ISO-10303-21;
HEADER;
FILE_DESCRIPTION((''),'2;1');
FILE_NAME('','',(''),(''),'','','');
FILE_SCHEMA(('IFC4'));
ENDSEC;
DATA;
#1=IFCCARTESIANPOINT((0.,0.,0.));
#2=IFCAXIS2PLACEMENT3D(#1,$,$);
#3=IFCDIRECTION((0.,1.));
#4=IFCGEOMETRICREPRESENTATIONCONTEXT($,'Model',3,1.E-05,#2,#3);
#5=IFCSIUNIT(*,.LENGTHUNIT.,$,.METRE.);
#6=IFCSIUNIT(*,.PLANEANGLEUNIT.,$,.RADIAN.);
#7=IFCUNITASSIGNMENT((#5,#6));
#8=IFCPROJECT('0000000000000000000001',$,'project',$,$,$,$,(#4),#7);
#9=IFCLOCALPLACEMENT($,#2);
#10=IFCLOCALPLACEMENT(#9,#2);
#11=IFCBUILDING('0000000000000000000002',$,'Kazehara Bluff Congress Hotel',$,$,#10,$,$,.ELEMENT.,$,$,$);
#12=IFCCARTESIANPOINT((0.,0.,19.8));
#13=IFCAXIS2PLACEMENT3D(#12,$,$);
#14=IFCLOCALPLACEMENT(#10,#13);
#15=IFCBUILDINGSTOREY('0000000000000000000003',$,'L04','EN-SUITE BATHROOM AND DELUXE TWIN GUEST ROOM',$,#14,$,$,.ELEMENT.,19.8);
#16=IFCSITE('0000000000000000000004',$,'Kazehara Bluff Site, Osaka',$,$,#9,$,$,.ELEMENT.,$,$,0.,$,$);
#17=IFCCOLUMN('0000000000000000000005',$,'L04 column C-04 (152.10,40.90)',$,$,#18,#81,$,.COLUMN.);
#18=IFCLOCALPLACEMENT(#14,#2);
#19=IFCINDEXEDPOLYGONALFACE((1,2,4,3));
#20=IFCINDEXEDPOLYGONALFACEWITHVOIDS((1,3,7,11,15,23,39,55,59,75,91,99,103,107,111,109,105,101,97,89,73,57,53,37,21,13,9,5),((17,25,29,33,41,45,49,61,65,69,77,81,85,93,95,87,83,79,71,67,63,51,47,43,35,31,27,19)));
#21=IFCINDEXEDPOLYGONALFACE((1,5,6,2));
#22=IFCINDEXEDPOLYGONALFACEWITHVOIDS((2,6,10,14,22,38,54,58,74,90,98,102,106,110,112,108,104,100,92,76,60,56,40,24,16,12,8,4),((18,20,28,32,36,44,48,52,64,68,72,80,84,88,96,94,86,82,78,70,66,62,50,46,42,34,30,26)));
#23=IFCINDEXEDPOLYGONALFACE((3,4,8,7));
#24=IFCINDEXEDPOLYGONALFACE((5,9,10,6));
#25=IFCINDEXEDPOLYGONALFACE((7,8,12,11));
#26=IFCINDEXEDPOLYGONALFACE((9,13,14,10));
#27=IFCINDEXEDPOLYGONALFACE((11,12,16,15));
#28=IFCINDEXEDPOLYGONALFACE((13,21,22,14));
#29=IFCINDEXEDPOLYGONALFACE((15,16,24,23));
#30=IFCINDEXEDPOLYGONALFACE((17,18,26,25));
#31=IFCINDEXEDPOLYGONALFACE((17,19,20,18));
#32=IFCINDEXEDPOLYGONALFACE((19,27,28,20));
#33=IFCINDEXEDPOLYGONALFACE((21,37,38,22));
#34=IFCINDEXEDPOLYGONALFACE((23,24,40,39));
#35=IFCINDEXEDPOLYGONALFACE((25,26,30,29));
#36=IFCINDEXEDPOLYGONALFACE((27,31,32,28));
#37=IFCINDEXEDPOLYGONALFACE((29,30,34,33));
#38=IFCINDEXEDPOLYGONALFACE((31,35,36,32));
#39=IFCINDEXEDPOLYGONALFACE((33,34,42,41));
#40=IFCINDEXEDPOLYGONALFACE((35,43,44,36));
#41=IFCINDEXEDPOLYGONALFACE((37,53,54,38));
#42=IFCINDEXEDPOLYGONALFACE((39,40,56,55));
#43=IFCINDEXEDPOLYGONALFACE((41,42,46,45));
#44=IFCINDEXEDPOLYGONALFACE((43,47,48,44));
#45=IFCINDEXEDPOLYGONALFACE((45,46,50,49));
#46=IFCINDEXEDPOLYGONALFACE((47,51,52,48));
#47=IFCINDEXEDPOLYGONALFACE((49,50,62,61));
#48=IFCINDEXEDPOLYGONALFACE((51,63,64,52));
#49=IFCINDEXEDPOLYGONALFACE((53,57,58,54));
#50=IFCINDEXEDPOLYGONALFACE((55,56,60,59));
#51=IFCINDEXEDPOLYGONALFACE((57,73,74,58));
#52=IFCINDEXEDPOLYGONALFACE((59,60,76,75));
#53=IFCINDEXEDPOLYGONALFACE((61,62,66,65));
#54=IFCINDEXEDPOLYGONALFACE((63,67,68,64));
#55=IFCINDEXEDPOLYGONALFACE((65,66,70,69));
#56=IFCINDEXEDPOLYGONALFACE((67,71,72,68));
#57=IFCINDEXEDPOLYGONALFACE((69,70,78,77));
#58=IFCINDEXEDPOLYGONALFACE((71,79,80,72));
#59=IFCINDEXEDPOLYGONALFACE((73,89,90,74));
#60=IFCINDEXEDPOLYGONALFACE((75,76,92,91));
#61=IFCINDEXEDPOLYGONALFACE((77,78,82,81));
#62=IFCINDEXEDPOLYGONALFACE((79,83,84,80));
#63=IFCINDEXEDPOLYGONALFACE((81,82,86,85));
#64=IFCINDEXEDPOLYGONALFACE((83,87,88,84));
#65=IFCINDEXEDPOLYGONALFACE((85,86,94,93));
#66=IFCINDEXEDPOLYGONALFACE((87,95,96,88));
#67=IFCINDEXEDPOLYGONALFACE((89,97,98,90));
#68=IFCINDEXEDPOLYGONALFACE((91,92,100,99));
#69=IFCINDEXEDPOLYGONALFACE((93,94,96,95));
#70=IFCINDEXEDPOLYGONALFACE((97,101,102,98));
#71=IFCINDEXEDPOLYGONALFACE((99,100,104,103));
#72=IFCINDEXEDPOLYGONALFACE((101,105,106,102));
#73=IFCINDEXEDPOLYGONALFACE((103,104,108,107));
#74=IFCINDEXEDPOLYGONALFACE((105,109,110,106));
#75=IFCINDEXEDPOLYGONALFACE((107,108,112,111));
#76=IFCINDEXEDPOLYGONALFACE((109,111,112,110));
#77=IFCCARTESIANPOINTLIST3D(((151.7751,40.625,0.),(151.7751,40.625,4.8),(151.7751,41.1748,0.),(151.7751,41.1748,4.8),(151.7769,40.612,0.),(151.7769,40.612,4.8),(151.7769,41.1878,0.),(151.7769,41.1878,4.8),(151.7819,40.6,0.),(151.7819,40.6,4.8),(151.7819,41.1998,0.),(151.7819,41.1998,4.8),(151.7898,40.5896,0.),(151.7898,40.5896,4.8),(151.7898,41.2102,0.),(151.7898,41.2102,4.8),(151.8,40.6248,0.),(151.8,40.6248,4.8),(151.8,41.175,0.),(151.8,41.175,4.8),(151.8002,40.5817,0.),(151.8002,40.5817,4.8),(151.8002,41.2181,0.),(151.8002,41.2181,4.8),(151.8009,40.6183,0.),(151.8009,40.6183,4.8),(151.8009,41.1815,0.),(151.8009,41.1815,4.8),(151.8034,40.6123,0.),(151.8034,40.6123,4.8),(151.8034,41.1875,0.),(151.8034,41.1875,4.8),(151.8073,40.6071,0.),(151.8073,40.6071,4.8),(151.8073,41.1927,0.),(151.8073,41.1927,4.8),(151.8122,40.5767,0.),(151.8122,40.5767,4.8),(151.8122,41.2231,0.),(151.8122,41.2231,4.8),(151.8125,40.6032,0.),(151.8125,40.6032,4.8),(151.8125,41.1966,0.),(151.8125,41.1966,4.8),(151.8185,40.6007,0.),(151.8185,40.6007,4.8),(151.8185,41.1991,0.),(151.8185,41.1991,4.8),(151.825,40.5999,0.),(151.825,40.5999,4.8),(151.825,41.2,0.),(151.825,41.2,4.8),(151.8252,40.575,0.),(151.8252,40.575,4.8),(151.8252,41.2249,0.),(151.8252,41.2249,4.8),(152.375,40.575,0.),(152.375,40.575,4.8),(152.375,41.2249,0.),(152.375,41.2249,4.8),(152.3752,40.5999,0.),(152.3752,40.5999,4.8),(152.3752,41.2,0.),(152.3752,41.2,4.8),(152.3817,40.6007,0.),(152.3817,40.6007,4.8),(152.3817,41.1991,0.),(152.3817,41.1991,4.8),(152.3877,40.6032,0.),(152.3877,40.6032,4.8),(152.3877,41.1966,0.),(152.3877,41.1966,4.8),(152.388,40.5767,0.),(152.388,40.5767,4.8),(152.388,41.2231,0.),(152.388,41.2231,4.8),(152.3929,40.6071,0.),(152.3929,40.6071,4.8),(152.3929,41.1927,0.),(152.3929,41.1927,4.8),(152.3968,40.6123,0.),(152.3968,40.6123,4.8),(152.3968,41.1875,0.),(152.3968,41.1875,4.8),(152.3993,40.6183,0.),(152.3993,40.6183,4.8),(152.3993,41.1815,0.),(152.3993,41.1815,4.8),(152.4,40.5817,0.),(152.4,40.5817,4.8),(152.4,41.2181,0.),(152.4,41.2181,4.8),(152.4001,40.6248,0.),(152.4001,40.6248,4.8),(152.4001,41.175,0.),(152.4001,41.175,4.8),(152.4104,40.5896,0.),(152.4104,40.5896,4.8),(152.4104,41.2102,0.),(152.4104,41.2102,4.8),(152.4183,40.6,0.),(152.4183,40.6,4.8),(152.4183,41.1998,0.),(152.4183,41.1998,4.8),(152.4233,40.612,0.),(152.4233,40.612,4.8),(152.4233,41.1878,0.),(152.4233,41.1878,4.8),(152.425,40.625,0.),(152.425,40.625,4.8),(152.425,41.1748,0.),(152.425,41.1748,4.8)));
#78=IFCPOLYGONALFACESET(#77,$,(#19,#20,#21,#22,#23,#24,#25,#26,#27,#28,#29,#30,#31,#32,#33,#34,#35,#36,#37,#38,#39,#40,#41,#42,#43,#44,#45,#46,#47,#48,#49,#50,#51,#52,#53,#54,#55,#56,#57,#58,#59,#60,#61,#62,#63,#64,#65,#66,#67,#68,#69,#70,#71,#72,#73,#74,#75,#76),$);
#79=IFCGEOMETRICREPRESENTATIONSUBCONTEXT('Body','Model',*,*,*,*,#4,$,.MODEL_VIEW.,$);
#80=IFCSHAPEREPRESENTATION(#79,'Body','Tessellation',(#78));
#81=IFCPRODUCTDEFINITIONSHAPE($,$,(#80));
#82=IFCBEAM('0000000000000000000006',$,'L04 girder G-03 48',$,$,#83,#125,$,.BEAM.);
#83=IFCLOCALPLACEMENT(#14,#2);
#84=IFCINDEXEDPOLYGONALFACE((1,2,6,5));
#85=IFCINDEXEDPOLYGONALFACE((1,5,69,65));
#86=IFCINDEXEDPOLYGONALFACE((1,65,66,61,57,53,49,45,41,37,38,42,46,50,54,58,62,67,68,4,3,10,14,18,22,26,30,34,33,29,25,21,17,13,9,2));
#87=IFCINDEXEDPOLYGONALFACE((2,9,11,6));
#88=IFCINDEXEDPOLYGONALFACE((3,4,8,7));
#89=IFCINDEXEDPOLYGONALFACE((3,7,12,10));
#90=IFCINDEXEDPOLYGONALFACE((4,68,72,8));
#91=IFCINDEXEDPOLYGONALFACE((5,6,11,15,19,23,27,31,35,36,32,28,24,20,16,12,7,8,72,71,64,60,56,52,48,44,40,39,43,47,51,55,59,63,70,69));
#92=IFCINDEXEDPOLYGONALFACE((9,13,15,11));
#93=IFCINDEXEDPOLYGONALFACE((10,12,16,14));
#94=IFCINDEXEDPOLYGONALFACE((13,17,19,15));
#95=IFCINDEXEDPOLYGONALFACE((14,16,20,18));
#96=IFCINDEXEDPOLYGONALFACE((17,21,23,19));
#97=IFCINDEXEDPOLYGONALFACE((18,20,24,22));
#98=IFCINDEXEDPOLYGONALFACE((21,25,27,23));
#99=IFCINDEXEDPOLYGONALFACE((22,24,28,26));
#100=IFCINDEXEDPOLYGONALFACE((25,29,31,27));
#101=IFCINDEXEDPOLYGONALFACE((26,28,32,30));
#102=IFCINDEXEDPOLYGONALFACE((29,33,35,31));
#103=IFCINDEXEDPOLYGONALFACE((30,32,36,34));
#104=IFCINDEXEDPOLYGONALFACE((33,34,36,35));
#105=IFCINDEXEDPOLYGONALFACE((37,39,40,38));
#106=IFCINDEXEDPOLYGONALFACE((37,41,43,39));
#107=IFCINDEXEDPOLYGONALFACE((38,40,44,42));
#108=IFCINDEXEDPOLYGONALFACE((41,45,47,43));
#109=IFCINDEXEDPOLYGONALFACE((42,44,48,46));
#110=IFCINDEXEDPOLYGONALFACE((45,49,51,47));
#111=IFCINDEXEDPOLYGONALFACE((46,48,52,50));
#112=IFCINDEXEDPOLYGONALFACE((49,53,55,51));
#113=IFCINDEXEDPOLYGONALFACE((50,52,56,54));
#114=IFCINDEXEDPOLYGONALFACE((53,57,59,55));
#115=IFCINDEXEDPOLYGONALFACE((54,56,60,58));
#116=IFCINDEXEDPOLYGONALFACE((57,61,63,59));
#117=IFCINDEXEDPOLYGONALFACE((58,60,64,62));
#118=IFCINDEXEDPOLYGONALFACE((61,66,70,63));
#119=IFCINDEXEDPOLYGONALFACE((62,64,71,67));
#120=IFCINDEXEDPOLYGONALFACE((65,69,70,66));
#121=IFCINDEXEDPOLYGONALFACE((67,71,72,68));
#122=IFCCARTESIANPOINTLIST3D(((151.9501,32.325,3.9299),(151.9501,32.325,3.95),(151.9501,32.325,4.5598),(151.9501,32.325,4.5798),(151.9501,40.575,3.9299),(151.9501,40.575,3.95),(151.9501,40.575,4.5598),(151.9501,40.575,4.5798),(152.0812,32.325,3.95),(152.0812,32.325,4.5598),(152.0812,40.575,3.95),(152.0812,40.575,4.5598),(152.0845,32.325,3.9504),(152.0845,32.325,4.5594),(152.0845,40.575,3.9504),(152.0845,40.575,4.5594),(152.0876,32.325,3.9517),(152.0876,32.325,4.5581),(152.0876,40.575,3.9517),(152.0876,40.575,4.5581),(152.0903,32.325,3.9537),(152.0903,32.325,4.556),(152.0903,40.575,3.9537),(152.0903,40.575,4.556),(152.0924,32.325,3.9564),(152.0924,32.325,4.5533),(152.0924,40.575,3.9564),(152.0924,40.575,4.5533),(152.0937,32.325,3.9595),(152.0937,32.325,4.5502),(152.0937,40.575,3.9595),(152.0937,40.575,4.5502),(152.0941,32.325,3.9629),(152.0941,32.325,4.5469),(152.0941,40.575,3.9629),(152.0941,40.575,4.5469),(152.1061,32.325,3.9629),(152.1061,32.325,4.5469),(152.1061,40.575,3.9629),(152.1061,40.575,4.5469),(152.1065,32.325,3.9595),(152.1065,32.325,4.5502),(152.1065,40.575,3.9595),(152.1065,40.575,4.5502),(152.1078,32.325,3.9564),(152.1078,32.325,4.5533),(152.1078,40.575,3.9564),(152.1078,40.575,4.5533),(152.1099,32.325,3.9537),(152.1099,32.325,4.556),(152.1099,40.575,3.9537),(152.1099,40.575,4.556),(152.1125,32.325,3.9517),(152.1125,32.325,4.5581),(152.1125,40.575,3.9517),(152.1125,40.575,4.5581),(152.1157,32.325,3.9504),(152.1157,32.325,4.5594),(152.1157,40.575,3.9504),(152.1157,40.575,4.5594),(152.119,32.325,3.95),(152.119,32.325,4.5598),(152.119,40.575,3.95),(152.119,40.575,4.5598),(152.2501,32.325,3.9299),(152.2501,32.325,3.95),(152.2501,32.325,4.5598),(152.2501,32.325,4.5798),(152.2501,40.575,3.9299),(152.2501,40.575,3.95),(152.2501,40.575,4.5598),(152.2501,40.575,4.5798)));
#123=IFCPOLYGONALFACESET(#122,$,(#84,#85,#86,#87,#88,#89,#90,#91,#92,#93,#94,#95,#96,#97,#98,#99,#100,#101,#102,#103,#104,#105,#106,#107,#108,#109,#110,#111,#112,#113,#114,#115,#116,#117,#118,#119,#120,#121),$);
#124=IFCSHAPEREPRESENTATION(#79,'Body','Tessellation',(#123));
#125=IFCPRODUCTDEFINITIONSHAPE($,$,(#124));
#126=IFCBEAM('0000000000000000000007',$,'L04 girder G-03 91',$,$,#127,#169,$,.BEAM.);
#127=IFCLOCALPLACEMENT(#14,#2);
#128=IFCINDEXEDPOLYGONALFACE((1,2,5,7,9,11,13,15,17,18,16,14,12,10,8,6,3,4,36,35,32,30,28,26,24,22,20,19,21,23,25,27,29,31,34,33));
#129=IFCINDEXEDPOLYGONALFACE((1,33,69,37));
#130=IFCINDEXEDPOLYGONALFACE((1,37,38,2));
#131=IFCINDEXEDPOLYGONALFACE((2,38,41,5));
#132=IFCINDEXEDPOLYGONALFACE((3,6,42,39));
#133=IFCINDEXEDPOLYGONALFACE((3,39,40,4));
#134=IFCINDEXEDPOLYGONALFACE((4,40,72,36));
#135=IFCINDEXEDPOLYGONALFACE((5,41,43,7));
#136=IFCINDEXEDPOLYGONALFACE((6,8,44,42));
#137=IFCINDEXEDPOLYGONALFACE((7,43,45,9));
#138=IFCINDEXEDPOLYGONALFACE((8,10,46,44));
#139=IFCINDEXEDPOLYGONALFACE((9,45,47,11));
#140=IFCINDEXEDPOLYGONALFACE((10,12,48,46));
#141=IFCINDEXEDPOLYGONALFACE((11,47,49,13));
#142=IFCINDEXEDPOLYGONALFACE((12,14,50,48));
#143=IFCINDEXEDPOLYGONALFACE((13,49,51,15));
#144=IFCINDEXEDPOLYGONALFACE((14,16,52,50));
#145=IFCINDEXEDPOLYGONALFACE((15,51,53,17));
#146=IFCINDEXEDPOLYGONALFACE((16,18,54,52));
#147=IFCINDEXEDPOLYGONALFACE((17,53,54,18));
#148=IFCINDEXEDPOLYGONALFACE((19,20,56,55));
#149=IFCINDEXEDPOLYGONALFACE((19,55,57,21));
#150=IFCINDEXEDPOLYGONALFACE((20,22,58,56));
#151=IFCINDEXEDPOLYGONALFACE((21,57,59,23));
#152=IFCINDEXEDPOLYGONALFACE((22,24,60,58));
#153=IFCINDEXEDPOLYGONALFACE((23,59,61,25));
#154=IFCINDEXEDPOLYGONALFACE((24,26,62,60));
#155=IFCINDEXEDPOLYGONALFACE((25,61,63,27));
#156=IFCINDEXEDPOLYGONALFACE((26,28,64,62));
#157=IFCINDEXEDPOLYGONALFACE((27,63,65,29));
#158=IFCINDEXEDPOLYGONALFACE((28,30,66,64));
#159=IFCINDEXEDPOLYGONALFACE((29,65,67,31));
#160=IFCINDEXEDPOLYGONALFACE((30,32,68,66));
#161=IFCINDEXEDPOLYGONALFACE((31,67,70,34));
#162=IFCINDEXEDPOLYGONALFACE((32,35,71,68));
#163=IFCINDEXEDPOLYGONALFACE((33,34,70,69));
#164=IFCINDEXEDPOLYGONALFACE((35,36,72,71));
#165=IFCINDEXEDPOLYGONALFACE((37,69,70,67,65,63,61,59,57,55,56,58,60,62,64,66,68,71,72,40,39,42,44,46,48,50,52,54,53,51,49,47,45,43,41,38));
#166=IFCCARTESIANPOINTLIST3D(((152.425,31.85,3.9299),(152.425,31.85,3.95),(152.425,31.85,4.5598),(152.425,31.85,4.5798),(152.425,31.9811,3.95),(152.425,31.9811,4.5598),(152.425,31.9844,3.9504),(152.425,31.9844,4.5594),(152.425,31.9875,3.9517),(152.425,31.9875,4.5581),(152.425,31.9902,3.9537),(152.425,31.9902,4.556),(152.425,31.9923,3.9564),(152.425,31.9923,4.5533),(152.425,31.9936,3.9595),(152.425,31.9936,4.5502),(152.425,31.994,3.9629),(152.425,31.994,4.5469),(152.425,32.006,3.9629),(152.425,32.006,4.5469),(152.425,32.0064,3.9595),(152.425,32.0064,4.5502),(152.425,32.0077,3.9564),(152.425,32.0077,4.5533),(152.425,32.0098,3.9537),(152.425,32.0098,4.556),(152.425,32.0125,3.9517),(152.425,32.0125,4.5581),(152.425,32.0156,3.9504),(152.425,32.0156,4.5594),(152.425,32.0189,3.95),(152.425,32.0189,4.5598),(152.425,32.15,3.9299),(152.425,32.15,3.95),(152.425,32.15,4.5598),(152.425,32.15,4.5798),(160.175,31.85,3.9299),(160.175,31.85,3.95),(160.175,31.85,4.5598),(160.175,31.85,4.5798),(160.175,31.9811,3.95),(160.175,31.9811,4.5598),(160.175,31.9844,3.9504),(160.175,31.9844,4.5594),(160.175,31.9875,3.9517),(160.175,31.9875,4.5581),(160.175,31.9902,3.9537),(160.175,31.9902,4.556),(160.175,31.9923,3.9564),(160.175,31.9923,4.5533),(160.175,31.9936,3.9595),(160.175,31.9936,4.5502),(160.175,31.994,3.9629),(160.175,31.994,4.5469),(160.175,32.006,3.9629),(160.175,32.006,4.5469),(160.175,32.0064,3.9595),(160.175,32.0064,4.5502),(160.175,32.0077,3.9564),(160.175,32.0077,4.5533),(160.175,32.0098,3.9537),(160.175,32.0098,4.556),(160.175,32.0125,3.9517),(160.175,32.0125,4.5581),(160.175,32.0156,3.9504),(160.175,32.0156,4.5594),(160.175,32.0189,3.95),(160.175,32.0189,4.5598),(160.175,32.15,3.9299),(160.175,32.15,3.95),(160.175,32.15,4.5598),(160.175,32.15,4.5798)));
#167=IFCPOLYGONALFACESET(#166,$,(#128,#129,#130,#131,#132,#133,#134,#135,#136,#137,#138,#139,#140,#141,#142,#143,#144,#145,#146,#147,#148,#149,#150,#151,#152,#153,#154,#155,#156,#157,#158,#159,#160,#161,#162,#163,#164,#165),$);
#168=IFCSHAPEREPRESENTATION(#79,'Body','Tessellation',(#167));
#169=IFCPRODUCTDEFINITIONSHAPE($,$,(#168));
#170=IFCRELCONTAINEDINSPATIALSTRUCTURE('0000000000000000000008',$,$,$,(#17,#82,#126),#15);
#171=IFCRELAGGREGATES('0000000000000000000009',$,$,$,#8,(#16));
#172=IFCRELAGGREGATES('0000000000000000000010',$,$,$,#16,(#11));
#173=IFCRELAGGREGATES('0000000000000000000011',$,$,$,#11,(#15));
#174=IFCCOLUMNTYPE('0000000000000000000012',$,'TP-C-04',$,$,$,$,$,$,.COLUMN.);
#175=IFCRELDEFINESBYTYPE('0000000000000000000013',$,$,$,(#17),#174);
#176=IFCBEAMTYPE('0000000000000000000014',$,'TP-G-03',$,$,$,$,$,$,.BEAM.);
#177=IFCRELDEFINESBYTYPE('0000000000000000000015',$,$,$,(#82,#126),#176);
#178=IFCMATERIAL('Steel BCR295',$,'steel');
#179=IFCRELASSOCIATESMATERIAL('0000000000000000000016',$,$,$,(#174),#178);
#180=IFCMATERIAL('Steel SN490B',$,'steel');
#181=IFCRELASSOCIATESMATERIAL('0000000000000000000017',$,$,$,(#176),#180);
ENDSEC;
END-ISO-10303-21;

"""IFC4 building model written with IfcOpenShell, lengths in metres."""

from ifc_helpers import new_model, si_unit, direction, frame, origin, origin_2d, place, context, subcontext, project, spatial, hollow_rectangle, i_section, extrude, material, material_profile, profile_set, type_object, element, save


model = new_model("IFC4")

# Units and contexts
model_context = context("Model", 3, precision=1e-05, world=origin(), true_north=direction((0.0, 1.0)))
body_context = subcontext(model_context, "Body", "Model", "MODEL_VIEW")
ifc_project = project(units=[si_unit("LENGTHUNIT", "METRE"), si_unit("PLANEANGLEUNIT", "RADIAN")], contexts=[model_context])

# Site, building, storey
site_placement = place(None, origin())
site = spatial("IfcSite", under=ifc_project, at=site_placement, Name="Kazehara Bluff Site, Osaka", CompositionType="ELEMENT", RefElevation=0.0)
building_placement = place(site_placement, origin())
building = spatial("IfcBuilding", under=site, at=building_placement, Name="Kazehara Bluff Congress Hotel", CompositionType="ELEMENT")
storey_placement = place(building_placement, frame((0.0, 0.0, 19.8)))
storey = spatial("IfcBuildingStorey", under=building, at=storey_placement, Name="L04", Description="EN-SUITE BATHROOM AND DELUXE TWIN GUEST ROOM", CompositionType="ELEMENT", Elevation=19.8)

# Column
ifc_material_1 = material(Name="Steel BCR295", Category="steel")
ifc_material_profile_1 = material_profile(ifc_material_1, hollow_rectangle(XDim=0.6499, YDim=0.6499, WallThickness=0.0249, InnerFilletRadius=0.0249, OuterFilletRadius=0.05, at=origin_2d()))
ifc_profile_set_1 = profile_set([ifc_material_profile_1], Name="Steel BCR295")
column_type = type_object("IfcColumnType", Name="TP-C-04", PredefinedType="COLUMN", material=ifc_profile_set_1)
column_placement = place(storey_placement, frame((152.1001, 40.8999, 0.0), z_axis=(0.0, 0.0, 1.0), x_axis=(1.0, 0.0, 0.0)))
element("IfcColumn", 1, at=column_placement, inside=storey, type_object=column_type, Name="L04 column C-04 (152.10,40.90)", PredefinedType="COLUMN", context=body_context, shape_type="SweptSolid", body=[
    extrude(hollow_rectangle(XDim=0.6499, YDim=0.6499, WallThickness=0.0249, InnerFilletRadius=0.0249, OuterFilletRadius=0.05, at=origin_2d()), origin(), (0.0, 0.0, 1.0), 4.8),
])

# Beams
ifc_material_2 = material(Name="Steel SN490B", Category="steel")
ifc_material_profile_2 = material_profile(ifc_material_2, i_section(OverallWidth=0.3, OverallDepth=0.6499, WebThickness=0.012, FlangeThickness=0.02, FilletRadius=0.0129, at=origin_2d()))
ifc_profile_set_2 = profile_set([ifc_material_profile_2], Name="Steel SN490B")
beam_type_1 = type_object("IfcBeamType", Name="TP-G-03", PredefinedType="BEAM", material=ifc_profile_set_2)
beam_1_placement = place(storey_placement, frame((152.1001, 32.325, 4.2549), z_axis=(0.0, 1.0, 0.0), x_axis=(-1.0, 0.0, 0.0)))
element("IfcBeam", 2, at=beam_1_placement, inside=storey, type_object=beam_type_1, Name="L04 girder G-03 48", PredefinedType="BEAM", context=body_context, shape_type="SweptSolid", body=[
    extrude(i_section(OverallWidth=0.3, OverallDepth=0.6499, WebThickness=0.012, FlangeThickness=0.02, FilletRadius=0.0129, at=origin_2d()), origin(), (0.0, 0.0, 1.0), 8.25),
])
for number, where, z_axis, x_axis, name in (
    (3, (152.425, 32.0, 4.2549), (1.0, 0.0, 0.0), (0.0, 1.0, 0.0), "L04 girder G-03 91"),
):
    element("IfcBeam", number, at=place(storey_placement, frame(where, z_axis=z_axis, x_axis=x_axis)), inside=storey, type_object=beam_type_1, Name=name, PredefinedType="BEAM", context=body_context, shape_type="SweptSolid", body=[
        extrude(i_section(OverallWidth=0.3, OverallDepth=0.6499, WebThickness=0.012, FlangeThickness=0.02, FilletRadius=0.0129, at=origin_2d()), origin(), (0.0, 0.0, 1.0), 7.75),
    ])

save(model, "model.ifc")
